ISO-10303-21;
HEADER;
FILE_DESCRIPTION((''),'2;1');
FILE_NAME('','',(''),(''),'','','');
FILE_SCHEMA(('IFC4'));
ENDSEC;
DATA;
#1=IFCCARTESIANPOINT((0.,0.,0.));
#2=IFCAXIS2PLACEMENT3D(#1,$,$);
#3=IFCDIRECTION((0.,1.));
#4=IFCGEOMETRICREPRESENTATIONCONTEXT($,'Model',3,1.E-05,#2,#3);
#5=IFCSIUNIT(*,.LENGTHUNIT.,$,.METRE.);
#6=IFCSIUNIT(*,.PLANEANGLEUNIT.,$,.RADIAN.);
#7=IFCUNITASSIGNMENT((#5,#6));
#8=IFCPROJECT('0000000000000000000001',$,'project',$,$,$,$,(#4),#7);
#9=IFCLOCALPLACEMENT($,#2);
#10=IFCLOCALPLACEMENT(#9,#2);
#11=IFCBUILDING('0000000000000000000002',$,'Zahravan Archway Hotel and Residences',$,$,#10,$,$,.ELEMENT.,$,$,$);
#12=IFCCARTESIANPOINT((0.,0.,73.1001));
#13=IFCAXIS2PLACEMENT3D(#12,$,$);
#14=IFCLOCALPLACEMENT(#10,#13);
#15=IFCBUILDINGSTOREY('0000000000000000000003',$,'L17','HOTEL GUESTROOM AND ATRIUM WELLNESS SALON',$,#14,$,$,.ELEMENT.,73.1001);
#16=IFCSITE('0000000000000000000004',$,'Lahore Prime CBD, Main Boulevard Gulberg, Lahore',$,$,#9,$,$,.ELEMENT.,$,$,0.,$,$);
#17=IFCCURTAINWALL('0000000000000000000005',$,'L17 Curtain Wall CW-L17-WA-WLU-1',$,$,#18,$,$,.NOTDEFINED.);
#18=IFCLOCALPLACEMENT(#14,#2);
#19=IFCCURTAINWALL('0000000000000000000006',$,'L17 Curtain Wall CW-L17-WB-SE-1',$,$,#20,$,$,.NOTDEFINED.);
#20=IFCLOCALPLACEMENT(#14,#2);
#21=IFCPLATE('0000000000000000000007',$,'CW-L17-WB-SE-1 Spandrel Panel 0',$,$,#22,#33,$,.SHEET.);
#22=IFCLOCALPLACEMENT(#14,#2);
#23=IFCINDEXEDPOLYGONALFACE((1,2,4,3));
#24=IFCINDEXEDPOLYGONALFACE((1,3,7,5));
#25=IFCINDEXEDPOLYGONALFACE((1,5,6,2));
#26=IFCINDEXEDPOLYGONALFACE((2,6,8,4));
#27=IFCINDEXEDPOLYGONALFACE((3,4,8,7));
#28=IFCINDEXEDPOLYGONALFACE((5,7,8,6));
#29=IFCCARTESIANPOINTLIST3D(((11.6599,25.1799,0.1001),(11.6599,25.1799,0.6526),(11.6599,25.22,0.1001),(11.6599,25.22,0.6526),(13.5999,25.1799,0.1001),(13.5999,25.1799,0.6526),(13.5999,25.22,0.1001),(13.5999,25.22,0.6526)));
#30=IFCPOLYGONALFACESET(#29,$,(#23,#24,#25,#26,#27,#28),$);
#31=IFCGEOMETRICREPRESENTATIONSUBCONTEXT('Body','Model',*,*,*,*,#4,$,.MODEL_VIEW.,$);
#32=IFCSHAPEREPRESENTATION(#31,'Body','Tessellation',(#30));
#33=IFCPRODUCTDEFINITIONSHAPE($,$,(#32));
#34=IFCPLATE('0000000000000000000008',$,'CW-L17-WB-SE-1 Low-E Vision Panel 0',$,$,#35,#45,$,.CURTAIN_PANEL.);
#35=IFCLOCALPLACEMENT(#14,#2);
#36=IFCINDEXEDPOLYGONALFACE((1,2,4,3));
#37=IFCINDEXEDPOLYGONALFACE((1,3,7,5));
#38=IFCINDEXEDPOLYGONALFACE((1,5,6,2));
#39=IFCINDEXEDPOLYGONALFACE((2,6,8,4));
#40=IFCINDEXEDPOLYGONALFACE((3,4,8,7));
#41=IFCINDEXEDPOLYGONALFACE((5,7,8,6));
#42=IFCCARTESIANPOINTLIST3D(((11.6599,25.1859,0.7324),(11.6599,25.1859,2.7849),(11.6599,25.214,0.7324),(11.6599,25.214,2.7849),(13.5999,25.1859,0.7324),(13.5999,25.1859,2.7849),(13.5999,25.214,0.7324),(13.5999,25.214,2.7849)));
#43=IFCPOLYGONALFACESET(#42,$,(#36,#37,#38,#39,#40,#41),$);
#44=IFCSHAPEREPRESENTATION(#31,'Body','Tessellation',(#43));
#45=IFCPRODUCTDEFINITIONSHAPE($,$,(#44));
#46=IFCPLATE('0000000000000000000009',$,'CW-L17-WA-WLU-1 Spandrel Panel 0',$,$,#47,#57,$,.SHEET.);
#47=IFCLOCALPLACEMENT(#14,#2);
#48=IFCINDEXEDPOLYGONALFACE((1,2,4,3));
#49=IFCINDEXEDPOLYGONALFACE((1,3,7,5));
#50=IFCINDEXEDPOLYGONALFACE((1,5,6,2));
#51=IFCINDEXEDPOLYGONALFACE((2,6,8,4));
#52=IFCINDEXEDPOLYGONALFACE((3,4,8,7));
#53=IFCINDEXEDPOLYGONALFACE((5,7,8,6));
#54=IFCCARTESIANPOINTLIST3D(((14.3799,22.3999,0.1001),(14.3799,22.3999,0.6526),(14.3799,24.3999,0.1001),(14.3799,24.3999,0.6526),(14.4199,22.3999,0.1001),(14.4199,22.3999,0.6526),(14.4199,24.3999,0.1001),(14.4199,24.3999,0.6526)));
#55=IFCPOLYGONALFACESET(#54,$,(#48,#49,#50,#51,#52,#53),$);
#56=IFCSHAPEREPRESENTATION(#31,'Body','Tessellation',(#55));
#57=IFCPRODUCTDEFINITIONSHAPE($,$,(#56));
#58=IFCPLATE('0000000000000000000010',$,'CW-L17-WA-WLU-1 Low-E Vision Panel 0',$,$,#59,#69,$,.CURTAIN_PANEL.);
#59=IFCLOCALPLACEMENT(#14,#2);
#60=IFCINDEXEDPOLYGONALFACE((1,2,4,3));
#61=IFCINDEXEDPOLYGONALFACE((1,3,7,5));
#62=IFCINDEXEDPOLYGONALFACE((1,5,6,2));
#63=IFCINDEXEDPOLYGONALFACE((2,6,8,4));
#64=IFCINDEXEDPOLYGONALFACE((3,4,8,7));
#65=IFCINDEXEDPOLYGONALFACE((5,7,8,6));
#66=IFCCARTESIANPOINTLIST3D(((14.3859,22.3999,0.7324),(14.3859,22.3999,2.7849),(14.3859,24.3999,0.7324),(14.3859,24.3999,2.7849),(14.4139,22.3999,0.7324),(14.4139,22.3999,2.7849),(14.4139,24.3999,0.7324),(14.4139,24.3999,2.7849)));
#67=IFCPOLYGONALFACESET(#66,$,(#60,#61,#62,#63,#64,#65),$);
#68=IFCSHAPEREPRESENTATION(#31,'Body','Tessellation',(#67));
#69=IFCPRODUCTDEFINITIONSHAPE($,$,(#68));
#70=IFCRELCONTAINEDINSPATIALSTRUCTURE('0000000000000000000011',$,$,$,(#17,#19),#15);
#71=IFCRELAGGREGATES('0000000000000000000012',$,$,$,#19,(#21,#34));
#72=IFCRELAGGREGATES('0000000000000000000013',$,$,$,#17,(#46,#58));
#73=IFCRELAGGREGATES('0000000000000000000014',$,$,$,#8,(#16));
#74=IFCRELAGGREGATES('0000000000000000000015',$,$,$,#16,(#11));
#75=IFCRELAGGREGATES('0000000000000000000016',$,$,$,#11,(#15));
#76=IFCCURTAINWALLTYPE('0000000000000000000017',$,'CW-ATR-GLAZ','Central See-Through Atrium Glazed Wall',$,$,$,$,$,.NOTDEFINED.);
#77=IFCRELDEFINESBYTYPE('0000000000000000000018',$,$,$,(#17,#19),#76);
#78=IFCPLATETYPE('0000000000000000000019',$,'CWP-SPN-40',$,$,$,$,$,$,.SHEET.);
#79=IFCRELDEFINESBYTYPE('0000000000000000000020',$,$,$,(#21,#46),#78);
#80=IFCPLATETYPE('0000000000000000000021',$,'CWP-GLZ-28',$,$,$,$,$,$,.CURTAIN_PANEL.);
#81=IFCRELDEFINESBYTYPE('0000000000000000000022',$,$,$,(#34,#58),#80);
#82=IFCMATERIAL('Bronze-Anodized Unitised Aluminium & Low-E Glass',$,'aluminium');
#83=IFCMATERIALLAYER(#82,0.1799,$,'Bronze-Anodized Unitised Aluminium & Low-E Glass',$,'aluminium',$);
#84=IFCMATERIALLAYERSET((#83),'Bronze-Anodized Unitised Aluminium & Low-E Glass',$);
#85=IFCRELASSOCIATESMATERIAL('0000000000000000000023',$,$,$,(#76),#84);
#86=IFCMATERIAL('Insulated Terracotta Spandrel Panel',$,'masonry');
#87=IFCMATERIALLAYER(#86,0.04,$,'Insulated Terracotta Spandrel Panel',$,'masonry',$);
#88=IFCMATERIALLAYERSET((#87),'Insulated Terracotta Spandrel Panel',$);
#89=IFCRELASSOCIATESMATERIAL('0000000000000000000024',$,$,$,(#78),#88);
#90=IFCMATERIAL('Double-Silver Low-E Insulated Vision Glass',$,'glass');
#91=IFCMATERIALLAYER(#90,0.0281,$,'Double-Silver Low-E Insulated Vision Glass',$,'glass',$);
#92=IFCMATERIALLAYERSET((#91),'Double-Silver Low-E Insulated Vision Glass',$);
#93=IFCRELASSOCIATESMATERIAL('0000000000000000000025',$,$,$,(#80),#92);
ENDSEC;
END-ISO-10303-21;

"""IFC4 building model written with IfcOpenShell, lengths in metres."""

from ifc_helpers import new_model, si_unit, direction, frame, origin, origin_2d, place, context, subcontext, project, spatial, rectangle, extrude, source, transform, mapped, material, layer, layer_set, type_object, element, aggregate, save


model = new_model("IFC4")

# Units and contexts
model_context = context("Model", 3, precision=1e-05, world=origin(), true_north=direction((0.0, 1.0)))
body_context = subcontext(model_context, "Body", "Model", "MODEL_VIEW")
ifc_project = project(units=[si_unit("LENGTHUNIT", "METRE"), si_unit("PLANEANGLEUNIT", "RADIAN")], contexts=[model_context])

# Site, building, storey
site_placement = place(None, origin())
site = spatial("IfcSite", under=ifc_project, at=site_placement, Name="Lahore Prime CBD, Main Boulevard Gulberg, Lahore", CompositionType="ELEMENT", RefElevation=0.0)
building_placement = place(site_placement, origin())
building = spatial("IfcBuilding", under=site, at=building_placement, Name="Zahravan Archway Hotel and Residences", CompositionType="ELEMENT")
storey_placement = place(building_placement, frame((0.0, 0.0, 73.1001)))
storey = spatial("IfcBuildingStorey", under=building, at=storey_placement, Name="L17", Description="HOTEL GUESTROOM AND ATRIUM WELLNESS SALON", CompositionType="ELEMENT", Elevation=73.1001)

# Curtain walls
ifc_material_1 = material(Name="Bronze-Anodized Unitised Aluminium & Low-E Glass", Category="aluminium")
ifc_layer_1 = layer(ifc_material_1, 0.1799, Name="Bronze-Anodized Unitised Aluminium & Low-E Glass", Category="aluminium")
ifc_layer_set_1 = layer_set([ifc_layer_1], Name="Bronze-Anodized Unitised Aluminium & Low-E Glass")
curtain_wall_type = type_object("IfcCurtainWallType", Name="CW-ATR-GLAZ", Description="Central See-Through Atrium Glazed Wall", PredefinedType="NOTDEFINED", material=ifc_layer_set_1)
curtain_wall_1_placement = place(storey_placement, origin())
curtain_wall_1 = element("IfcCurtainWall", 1, at=curtain_wall_1_placement, inside=storey, type_object=curtain_wall_type, Name="L17 Curtain Wall CW-L17-WA-WLU-1", PredefinedType="NOTDEFINED")
curtain_wall_2_placement = place(storey_placement, origin())
curtain_wall_2 = element("IfcCurtainWall", 2, at=curtain_wall_2_placement, inside=storey, type_object=curtain_wall_type, Name="L17 Curtain Wall CW-L17-WB-SE-1", PredefinedType="NOTDEFINED")

# Plates
ifc_material_2 = material(Name="Insulated Terracotta Spandrel Panel", Category="masonry")
ifc_layer_2 = layer(ifc_material_2, 0.04, Name="Insulated Terracotta Spandrel Panel", Category="masonry")
ifc_layer_set_2 = layer_set([ifc_layer_2], Name="Insulated Terracotta Spandrel Panel")
plate_type_1 = type_object("IfcPlateType", Name="CWP-SPN-40", PredefinedType="SHEET", material=ifc_layer_set_2)
shared_shape_1 = source(origin(), body_context, "Body", "SweptSolid", [
    extrude(rectangle(XDim=1.9399, YDim=0.04, at=origin_2d()), origin(), (0.0, 0.0, 1.0), 0.5525),
])
plate_1_placement = place(storey_placement, frame((12.6299, 25.2, 0.1001), z_axis=(0.0, 0.0, 1.0), x_axis=(1.0, 0.0, 0.0)))
plate_1 = element("IfcPlate", 3, at=plate_1_placement, type_object=plate_type_1, Name="CW-L17-WB-SE-1 Spandrel Panel 0", PredefinedType="SHEET", context=body_context, shape_type="MappedRepresentation", body=[
    mapped(shared_shape_1, transform((0.0, 0.0, 0.0), scale=1.0)),
])
ifc_material_3 = material(Name="Double-Silver Low-E Insulated Vision Glass", Category="glass")
ifc_layer_3 = layer(ifc_material_3, 0.0281, Name="Double-Silver Low-E Insulated Vision Glass", Category="glass")
ifc_layer_set_3 = layer_set([ifc_layer_3], Name="Double-Silver Low-E Insulated Vision Glass")
plate_type_2 = type_object("IfcPlateType", Name="CWP-GLZ-28", PredefinedType="CURTAIN_PANEL", material=ifc_layer_set_3)
shared_shape_2 = source(origin(), body_context, "Body", "SweptSolid", [
    extrude(rectangle(XDim=1.9399, YDim=0.0281, at=origin_2d()), origin(), (0.0, 0.0, 1.0), 2.0525),
])
plate_2_placement = place(storey_placement, frame((12.6299, 25.2, 0.7324), z_axis=(0.0, 0.0, 1.0), x_axis=(1.0, 0.0, 0.0)))
plate_2 = element("IfcPlate", 4, at=plate_2_placement, type_object=plate_type_2, Name="CW-L17-WB-SE-1 Low-E Vision Panel 0", PredefinedType="CURTAIN_PANEL", context=body_context, shape_type="MappedRepresentation", body=[
    mapped(shared_shape_2, transform((0.0, 0.0, 0.0), scale=1.0)),
])
aggregate(curtain_wall_2, [plate_1, plate_2])
shared_shape_3 = source(origin(), body_context, "Body", "SweptSolid", [
    extrude(rectangle(XDim=2.0, YDim=0.04, at=origin_2d()), origin(), (0.0, 0.0, 1.0), 0.5525),
])
plate_3_placement = place(storey_placement, frame((14.3999, 23.3999, 0.1001), z_axis=(0.0, 0.0, 1.0), x_axis=(0.0, 1.0, 0.0)))
plate_3 = element("IfcPlate", 5, at=plate_3_placement, type_object=plate_type_1, Name="CW-L17-WA-WLU-1 Spandrel Panel 0", PredefinedType="SHEET", context=body_context, shape_type="MappedRepresentation", body=[
    mapped(shared_shape_3, transform((0.0, 0.0, 0.0), scale=1.0)),
])
shared_shape_4 = source(origin(), body_context, "Body", "SweptSolid", [
    extrude(rectangle(XDim=2.0, YDim=0.0281, at=origin_2d()), origin(), (0.0, 0.0, 1.0), 2.0525),
])
plate_4_placement = place(storey_placement, frame((14.3999, 23.3999, 0.7324), z_axis=(0.0, 0.0, 1.0), x_axis=(0.0, 1.0, 0.0)))
plate_4 = element("IfcPlate", 6, at=plate_4_placement, type_object=plate_type_2, Name="CW-L17-WA-WLU-1 Low-E Vision Panel 0", PredefinedType="CURTAIN_PANEL", context=body_context, shape_type="MappedRepresentation", body=[
    mapped(shared_shape_4, transform((0.0, 0.0, 0.0), scale=1.0)),
])
aggregate(curtain_wall_1, [plate_3, plate_4])

save(model, "model.ifc")
